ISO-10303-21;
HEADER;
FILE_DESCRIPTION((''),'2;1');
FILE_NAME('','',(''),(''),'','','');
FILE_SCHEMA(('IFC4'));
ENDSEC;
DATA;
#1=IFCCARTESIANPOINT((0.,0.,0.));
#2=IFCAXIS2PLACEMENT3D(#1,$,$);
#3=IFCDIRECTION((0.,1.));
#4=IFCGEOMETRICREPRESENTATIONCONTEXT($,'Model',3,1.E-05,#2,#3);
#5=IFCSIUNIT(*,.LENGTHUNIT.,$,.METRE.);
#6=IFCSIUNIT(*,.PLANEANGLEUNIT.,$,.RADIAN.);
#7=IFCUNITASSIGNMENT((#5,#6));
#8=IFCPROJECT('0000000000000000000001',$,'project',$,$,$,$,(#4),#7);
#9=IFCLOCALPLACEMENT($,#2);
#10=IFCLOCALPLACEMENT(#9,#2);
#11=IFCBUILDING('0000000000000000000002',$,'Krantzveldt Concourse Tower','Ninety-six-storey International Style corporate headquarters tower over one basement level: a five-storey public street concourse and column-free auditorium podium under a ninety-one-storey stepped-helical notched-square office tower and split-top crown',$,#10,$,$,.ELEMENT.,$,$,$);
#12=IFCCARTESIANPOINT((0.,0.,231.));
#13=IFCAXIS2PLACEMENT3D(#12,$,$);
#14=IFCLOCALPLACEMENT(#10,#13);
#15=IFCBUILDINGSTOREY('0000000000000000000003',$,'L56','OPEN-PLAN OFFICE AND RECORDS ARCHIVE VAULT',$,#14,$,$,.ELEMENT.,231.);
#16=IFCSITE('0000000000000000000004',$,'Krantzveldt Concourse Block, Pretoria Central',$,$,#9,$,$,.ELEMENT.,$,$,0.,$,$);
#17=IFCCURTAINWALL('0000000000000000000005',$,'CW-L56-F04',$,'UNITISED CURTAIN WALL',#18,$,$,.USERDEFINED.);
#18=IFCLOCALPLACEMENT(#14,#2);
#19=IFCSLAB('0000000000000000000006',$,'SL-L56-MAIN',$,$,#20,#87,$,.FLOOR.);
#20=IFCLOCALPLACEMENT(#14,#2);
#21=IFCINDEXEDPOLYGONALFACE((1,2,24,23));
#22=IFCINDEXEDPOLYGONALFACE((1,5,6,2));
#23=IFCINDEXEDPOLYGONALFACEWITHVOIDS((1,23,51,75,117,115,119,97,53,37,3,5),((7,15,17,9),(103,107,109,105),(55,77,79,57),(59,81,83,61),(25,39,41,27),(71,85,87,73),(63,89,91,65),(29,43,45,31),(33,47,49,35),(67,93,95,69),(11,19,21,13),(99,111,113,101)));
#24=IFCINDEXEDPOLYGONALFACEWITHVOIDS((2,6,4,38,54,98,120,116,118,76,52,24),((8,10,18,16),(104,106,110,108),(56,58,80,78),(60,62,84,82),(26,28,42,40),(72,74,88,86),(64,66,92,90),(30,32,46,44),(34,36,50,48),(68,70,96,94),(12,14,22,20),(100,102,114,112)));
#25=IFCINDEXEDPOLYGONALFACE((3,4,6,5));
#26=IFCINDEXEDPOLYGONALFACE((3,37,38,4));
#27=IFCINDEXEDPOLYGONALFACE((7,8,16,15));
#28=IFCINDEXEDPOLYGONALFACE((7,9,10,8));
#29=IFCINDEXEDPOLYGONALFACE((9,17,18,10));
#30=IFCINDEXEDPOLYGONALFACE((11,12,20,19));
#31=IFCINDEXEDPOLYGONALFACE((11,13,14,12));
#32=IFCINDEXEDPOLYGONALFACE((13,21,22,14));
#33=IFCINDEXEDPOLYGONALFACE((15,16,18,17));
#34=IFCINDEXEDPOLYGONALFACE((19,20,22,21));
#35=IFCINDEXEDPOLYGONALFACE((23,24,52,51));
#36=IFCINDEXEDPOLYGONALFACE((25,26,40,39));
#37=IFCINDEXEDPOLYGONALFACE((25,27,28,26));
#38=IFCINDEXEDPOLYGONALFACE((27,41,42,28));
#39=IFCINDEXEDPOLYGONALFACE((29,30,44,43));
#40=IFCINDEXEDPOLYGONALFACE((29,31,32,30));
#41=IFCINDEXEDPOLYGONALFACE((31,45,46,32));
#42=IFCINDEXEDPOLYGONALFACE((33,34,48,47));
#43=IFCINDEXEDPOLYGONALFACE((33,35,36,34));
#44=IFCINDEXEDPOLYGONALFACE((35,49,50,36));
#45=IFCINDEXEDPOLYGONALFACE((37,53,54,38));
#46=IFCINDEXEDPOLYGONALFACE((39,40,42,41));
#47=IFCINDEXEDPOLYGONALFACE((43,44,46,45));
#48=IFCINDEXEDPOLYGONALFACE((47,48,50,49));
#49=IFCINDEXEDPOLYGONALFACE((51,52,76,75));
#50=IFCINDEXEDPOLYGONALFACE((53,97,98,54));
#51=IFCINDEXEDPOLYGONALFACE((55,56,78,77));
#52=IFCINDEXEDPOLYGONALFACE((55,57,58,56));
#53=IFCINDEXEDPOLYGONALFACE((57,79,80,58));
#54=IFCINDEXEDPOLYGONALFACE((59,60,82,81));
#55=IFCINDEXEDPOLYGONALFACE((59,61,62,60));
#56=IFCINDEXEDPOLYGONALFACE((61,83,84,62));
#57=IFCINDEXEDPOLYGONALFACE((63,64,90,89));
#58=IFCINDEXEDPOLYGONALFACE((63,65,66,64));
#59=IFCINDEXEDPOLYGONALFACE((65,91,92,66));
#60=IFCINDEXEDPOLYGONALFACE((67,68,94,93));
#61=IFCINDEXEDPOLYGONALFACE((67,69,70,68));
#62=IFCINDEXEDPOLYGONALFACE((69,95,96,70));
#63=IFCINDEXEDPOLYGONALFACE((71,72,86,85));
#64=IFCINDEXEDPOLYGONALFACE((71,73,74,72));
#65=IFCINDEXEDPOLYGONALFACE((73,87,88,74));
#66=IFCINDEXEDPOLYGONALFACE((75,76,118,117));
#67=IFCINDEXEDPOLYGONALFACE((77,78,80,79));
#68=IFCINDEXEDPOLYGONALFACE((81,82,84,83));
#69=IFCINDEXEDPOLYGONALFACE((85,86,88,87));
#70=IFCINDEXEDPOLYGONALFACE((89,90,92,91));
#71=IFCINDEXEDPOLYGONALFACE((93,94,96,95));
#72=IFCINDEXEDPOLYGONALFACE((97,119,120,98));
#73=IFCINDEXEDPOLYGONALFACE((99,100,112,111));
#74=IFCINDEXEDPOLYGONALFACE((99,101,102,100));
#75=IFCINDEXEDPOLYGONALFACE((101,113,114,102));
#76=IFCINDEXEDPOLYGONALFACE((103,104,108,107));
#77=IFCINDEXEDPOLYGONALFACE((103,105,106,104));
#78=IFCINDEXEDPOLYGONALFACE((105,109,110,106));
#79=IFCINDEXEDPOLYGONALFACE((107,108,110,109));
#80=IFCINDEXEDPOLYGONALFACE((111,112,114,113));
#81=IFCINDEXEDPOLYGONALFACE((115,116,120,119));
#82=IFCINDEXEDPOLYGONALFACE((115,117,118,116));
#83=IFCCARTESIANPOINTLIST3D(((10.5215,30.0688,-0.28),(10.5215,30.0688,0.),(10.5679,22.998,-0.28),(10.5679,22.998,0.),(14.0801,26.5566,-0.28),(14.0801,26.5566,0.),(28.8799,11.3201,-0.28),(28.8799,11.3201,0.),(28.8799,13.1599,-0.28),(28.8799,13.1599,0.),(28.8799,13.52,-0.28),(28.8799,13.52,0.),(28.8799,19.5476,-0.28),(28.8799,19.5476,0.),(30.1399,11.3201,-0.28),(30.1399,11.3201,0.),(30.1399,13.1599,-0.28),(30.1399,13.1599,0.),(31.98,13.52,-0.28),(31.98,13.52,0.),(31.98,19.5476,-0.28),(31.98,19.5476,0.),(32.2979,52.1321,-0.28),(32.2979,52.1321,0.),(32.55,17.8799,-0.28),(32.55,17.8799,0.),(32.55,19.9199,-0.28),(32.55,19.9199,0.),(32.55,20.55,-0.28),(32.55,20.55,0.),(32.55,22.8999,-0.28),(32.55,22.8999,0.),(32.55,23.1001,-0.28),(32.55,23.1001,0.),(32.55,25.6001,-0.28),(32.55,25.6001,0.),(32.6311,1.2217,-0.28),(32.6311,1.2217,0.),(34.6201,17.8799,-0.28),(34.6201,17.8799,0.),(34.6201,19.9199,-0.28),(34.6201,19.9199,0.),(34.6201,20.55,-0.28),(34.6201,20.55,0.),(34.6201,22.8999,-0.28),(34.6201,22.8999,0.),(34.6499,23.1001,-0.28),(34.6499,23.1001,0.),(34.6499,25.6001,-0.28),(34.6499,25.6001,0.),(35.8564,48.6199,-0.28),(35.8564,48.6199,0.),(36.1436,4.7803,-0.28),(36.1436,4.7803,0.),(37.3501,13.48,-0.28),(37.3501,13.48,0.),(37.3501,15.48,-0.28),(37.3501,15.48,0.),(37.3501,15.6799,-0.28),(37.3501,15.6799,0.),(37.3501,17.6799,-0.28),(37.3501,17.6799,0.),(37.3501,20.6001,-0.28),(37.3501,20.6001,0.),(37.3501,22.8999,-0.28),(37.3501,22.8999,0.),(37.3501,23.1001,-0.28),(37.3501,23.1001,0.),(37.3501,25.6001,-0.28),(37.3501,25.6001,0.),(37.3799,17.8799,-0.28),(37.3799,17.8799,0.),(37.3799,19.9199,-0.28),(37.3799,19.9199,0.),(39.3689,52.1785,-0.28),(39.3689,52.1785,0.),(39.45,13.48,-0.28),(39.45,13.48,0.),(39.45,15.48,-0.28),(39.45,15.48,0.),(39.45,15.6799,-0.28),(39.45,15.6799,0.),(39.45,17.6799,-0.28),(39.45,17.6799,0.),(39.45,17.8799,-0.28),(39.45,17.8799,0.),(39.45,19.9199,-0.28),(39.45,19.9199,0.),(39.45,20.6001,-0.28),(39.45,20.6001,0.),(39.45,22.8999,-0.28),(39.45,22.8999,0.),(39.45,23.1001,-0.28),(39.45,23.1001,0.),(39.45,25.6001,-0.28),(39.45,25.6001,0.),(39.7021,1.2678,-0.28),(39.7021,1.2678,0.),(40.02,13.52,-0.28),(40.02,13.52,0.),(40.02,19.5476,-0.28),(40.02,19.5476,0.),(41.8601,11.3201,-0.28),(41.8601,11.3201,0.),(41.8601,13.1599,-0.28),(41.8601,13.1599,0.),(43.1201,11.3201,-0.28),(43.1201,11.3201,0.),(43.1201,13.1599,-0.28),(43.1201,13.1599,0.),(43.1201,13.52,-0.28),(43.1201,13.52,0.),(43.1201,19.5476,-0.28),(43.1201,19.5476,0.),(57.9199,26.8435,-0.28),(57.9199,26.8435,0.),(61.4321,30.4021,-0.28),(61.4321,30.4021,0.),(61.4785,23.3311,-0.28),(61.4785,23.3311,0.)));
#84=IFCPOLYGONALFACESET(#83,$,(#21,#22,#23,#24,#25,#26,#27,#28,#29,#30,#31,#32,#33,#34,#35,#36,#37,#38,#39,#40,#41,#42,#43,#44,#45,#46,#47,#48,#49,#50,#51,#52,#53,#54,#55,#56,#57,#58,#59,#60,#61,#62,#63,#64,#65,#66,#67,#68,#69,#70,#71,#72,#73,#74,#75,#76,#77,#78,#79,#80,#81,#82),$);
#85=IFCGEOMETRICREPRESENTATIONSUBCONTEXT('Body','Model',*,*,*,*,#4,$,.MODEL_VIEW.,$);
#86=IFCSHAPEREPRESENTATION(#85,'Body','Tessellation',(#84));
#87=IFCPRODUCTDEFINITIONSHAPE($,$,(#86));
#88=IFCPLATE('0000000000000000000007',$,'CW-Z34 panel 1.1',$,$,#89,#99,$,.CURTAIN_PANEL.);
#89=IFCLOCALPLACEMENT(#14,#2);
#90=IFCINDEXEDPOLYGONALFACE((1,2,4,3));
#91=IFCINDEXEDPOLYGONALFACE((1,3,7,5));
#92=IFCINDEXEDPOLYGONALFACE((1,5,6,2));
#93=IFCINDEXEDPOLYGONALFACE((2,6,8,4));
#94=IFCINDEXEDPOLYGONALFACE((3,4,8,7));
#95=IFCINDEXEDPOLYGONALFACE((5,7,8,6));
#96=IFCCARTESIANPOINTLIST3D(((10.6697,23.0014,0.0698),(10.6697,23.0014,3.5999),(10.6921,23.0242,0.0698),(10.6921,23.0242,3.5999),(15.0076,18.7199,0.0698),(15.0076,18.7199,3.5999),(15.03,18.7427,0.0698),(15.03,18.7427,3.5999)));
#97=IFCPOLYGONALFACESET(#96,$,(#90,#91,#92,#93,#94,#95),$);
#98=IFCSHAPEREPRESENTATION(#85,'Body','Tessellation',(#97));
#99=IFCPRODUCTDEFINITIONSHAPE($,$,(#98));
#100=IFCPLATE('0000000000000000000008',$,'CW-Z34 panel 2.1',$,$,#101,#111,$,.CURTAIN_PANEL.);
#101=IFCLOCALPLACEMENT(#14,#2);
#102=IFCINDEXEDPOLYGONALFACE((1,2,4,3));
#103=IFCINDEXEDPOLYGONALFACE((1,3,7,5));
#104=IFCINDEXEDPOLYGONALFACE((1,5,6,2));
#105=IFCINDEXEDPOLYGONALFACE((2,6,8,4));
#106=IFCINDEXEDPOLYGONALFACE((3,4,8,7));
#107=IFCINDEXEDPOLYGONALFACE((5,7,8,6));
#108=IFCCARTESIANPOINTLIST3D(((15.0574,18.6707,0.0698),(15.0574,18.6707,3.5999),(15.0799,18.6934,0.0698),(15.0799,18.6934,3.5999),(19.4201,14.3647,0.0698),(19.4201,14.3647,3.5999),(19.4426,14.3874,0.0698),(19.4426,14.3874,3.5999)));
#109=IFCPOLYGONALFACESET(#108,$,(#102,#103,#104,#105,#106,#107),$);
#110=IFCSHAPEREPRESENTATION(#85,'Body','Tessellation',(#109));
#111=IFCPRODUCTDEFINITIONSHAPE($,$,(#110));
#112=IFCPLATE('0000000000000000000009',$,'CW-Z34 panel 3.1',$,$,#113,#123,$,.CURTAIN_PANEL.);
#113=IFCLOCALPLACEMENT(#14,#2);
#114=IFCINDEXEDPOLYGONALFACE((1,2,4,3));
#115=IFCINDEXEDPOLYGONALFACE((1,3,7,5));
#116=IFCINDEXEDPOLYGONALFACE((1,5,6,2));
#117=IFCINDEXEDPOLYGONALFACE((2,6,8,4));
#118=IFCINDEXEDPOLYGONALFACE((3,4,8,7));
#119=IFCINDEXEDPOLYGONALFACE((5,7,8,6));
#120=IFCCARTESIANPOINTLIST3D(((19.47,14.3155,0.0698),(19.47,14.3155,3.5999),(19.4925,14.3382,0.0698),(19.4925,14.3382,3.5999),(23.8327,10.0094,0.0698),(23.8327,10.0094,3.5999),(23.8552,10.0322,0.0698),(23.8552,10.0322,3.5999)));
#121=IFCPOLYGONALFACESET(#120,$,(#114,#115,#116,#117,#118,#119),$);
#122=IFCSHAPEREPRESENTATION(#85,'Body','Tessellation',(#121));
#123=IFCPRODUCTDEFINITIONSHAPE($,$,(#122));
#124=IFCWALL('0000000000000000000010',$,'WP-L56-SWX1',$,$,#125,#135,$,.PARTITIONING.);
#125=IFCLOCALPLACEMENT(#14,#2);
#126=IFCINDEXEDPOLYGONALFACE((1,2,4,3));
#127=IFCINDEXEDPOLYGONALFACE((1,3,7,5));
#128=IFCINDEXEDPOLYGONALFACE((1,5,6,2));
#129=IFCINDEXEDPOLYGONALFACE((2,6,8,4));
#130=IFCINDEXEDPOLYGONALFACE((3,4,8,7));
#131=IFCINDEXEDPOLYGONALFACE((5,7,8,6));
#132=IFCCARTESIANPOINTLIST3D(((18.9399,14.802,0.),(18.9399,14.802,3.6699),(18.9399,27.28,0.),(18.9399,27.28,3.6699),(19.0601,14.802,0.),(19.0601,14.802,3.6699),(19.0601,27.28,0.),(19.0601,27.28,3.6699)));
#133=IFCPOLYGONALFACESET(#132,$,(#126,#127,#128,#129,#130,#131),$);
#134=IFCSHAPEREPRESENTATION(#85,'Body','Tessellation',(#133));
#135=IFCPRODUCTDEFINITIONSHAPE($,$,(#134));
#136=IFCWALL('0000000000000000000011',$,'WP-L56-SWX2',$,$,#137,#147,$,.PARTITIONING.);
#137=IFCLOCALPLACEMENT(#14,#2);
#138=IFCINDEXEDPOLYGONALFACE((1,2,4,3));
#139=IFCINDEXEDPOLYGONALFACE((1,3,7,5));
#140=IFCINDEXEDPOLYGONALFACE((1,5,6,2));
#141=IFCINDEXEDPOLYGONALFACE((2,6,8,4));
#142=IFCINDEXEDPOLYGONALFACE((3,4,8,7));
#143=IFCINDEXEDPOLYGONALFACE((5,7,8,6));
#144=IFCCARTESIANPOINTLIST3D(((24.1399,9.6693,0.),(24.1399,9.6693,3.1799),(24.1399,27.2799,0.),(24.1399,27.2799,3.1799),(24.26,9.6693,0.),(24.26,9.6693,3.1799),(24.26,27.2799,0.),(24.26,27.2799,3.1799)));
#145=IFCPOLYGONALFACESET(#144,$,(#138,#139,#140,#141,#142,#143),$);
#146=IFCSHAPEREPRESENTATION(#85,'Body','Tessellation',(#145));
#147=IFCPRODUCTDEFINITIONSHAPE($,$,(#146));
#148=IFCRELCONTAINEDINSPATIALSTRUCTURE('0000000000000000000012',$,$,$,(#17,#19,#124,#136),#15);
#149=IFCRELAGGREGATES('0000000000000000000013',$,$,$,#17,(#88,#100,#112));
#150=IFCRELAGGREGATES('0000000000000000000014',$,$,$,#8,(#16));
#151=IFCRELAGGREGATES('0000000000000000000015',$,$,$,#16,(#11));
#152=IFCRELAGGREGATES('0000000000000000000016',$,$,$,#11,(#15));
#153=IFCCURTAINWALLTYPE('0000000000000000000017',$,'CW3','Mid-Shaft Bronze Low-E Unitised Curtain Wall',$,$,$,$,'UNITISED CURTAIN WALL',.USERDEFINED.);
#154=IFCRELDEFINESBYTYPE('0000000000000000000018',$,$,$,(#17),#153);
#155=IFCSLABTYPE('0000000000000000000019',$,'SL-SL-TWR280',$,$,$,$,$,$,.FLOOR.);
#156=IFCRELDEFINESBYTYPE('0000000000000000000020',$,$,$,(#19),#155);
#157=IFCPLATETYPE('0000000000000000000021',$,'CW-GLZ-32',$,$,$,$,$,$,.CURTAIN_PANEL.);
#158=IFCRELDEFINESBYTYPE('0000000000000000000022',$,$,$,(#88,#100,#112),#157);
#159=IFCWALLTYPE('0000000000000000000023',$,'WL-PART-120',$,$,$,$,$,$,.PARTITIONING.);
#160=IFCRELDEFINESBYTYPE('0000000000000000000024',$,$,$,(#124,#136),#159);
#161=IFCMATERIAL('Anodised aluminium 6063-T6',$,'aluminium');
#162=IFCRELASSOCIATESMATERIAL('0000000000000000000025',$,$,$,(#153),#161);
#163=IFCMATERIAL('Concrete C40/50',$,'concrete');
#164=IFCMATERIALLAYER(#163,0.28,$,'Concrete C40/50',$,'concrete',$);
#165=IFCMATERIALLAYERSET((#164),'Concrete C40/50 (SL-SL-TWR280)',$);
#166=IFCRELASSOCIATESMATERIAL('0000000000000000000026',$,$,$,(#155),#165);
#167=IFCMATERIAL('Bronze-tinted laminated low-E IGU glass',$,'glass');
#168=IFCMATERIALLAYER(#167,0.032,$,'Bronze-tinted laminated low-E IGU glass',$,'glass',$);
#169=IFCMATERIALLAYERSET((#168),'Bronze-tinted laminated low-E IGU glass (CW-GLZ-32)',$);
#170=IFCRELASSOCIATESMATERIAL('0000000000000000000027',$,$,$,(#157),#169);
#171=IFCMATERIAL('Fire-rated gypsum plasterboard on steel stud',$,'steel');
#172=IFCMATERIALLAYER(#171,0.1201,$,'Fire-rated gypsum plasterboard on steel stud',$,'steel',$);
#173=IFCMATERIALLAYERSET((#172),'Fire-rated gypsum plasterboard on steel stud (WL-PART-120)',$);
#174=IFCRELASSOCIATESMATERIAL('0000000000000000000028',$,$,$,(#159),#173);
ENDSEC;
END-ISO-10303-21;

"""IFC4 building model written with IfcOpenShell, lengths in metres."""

from ifc_helpers import new_model, si_unit, direction, frame, frame_2d, origin, origin_2d, place, context, subcontext, project, spatial, polyline, rectangle, outline, extrude, source, transform, mapped, material, layer, layer_set, type_object, type_shapes, element, aggregate, save


model = new_model("IFC4")

# Units and contexts
model_context = context("Model", 3, precision=1e-05, world=origin(), true_north=direction((0.0, 1.0)))
body_context = subcontext(model_context, "Body", "Model", "MODEL_VIEW")
ifc_project = project(units=[si_unit("LENGTHUNIT", "METRE"), si_unit("PLANEANGLEUNIT", "RADIAN")], contexts=[model_context])

# Site, building, storey
site_placement = place(None, origin())
site = spatial("IfcSite", under=ifc_project, at=site_placement, Name="Krantzveldt Concourse Block, Pretoria Central", CompositionType="ELEMENT", RefElevation=0.0)
building_placement = place(site_placement, origin())
building = spatial("IfcBuilding", under=site, at=building_placement, Name="Krantzveldt Concourse Tower", Description="Ninety-six-storey International Style corporate headquarters tower over one basement level: a five-storey public street concourse and column-free auditorium podium under a ninety-one-storey stepped-helical notched-square office tower and split-top crown", CompositionType="ELEMENT")
storey_placement = place(building_placement, frame((0.0, 0.0, 231.0)))
storey = spatial("IfcBuildingStorey", under=building, at=storey_placement, Name="L56", Description="OPEN-PLAN OFFICE AND RECORDS ARCHIVE VAULT", CompositionType="ELEMENT", Elevation=231.0)

# Curtain wall
ifc_material_1 = material(Name="Anodised aluminium 6063-T6", Category="aluminium")
curtain_wall_type = type_object("IfcCurtainWallType", Name="CW3", Description="Mid-Shaft Bronze Low-E Unitised Curtain Wall", ElementType="UNITISED CURTAIN WALL", PredefinedType="USERDEFINED", material=ifc_material_1)
curtain_wall_placement = place(storey_placement, origin())
curtain_wall = element("IfcCurtainWall", 1, at=curtain_wall_placement, inside=storey, type_object=curtain_wall_type, Name="CW-L56-F04", ObjectType="UNITISED CURTAIN WALL", PredefinedType="USERDEFINED")

# Slab
ifc_material_2 = material(Name="Concrete C40/50", Category="concrete")
ifc_layer_1 = layer(ifc_material_2, 0.28, Name="Concrete C40/50", Category="concrete")
ifc_layer_set_1 = layer_set([ifc_layer_1], Name="Concrete C40/50 (SL-SL-TWR280)")
slab_type_1 = type_object("IfcSlabType", Name="SL-SL-TWR280", PredefinedType="FLOOR", material=ifc_layer_set_1)
slab_1_placement = place(storey_placement, frame((0.0, 0.0, -0.28)))
element("IfcSlab", 2, at=slab_1_placement, inside=storey, type_object=slab_type_1, Name="SL-L56-MAIN", PredefinedType="FLOOR", context=body_context, shape_type="SweptSolid", body=[
    extrude(outline(polyline([(35.8564, 48.6199), (32.2979, 52.1321), (10.5215, 30.0688), (14.0801, 26.5566), (10.5679, 22.998), (32.6311, 1.2217), (36.1436, 4.7803), (39.7021, 1.2678), (61.4785, 23.3311), (57.9199, 26.8435), (61.4321, 30.4021), (39.3689, 52.1785), (35.8564, 48.6199)]), holes=[polyline([(28.8799, 19.5476), (28.8799, 13.52), (31.98, 13.52), (31.98, 19.5476), (28.8799, 19.5476)]), polyline([(40.02, 19.5476), (40.02, 13.52), (43.1201, 13.52), (43.1201, 19.5476), (40.02, 19.5476)]), polyline([(32.55, 23.1001), (34.6499, 23.1001), (34.6499, 25.6001), (32.55, 25.6001), (32.55, 23.1001)]), polyline([(37.3501, 23.1001), (39.45, 23.1001), (39.45, 25.6001), (37.3501, 25.6001), (37.3501, 23.1001)]), polyline([(37.3501, 20.6001), (39.45, 20.6001), (39.45, 22.8999), (37.3501, 22.8999), (37.3501, 20.6001)]), polyline([(37.3501, 13.48), (39.45, 13.48), (39.45, 15.48), (37.3501, 15.48), (37.3501, 13.48)]), polyline([(37.3501, 15.6799), (39.45, 15.6799), (39.45, 17.6799), (37.3501, 17.6799), (37.3501, 15.6799)]), polyline([(32.55, 20.55), (34.6201, 20.55), (34.6201, 22.8999), (32.55, 22.8999), (32.55, 20.55)]), polyline([(32.55, 17.8799), (34.6201, 17.8799), (34.6201, 19.9199), (32.55, 19.9199), (32.55, 17.8799)]), polyline([(37.3799, 17.8799), (39.45, 17.8799), (39.45, 19.9199), (37.3799, 19.9199), (37.3799, 17.8799)]), polyline([(28.8799, 11.3201), (30.1399, 11.3201), (30.1399, 13.1599), (28.8799, 13.1599), (28.8799, 11.3201)]), polyline([(41.8601, 11.3201), (43.1201, 11.3201), (43.1201, 13.1599), (41.8601, 13.1599), (41.8601, 11.3201)])]), origin(), (0.0, 0.0, 1.0), 0.28),
])

# Plates
ifc_material_3 = material(Name="Bronze-tinted laminated low-E IGU glass", Category="glass")
ifc_layer_2 = layer(ifc_material_3, 0.032, Name="Bronze-tinted laminated low-E IGU glass", Category="glass")
ifc_layer_set_2 = layer_set([ifc_layer_2], Name="Bronze-tinted laminated low-E IGU glass (CW-GLZ-32)")
plate_type = type_object("IfcPlateType", Name="CW-GLZ-32", PredefinedType="CURTAIN_PANEL", material=ifc_layer_set_2)
shared_shape_1 = source(origin(), body_context, "Body", "SweptSolid", [
    extrude(rectangle(XDim=6.095, YDim=0.032, at=origin_2d()), origin(), (0.0, 0.0, 1.0), 3.53),
])
plate_1_placement = place(storey_placement, frame((12.8499, 20.8721, 0.0698), z_axis=(0.0, 0.0, 1.0), x_axis=(0.71172, -0.702464, 0.0)))
plate_1 = element("IfcPlate", 3, at=plate_1_placement, type_object=plate_type, Name="CW-Z34 panel 1.1", PredefinedType="CURTAIN_PANEL", context=body_context, shape_type="MappedRepresentation", body=[
    mapped(shared_shape_1, transform((0.0, 0.0, 0.0), x_axis=(1.0, 0.0, 0.0), y_axis=(0.0, 1.0, 0.0), z_axis=(0.0, 0.0, 1.0), scale=1.0)),
])
shared_shape_2 = source(origin(), body_context, "Body", "SweptSolid", [
    extrude(rectangle(XDim=6.1299, YDim=0.032, at=origin_2d()), origin(), (0.0, 0.0, 1.0), 3.53),
])
type_shapes(plate_type, [shared_shape_1, shared_shape_2])
plate_2_placement = place(storey_placement, frame((17.25, 16.5291, 0.0698), z_axis=(0.0, 0.0, 1.0), x_axis=(0.71172, -0.702464, 0.0)))
plate_2 = element("IfcPlate", 4, at=plate_2_placement, type_object=plate_type, Name="CW-Z34 panel 2.1", PredefinedType="CURTAIN_PANEL", context=body_context, shape_type="MappedRepresentation", body=[
    mapped(shared_shape_2, transform((0.0, 0.0, 0.0), x_axis=(1.0, 0.0, 0.0), y_axis=(0.0, 1.0, 0.0), z_axis=(0.0, 0.0, 1.0), scale=1.0)),
])
plate_3_placement = place(storey_placement, frame((21.6626, 12.1738, 0.0698), z_axis=(0.0, 0.0, 1.0), x_axis=(0.71172, -0.702464, 0.0)))
plate_3 = element("IfcPlate", 5, at=plate_3_placement, type_object=plate_type, Name="CW-Z34 panel 3.1", PredefinedType="CURTAIN_PANEL", context=body_context, shape_type="MappedRepresentation", body=[
    mapped(shared_shape_2, transform((0.0, 0.0, 0.0), x_axis=(1.0, 0.0, 0.0), y_axis=(0.0, 1.0, 0.0), z_axis=(0.0, 0.0, 1.0), scale=1.0)),
])
aggregate(curtain_wall, [plate_1, plate_2, plate_3])

# Walls
ifc_material_4 = material(Name="Fire-rated gypsum plasterboard on steel stud", Category="steel")
ifc_layer_3 = layer(ifc_material_4, 0.1201, Name="Fire-rated gypsum plasterboard on steel stud", Category="steel")
ifc_layer_set_3 = layer_set([ifc_layer_3], Name="Fire-rated gypsum plasterboard on steel stud (WL-PART-120)")
wall_type = type_object("IfcWallType", Name="WL-PART-120", PredefinedType="PARTITIONING", material=ifc_layer_set_3)
wall_1_placement = place(storey_placement, frame((19.0, 14.802, 0.0), z_axis=(0.0, 0.0, 1.0), x_axis=(0.0, 1.0, 0.0)))
element("IfcWall", 6, at=wall_1_placement, inside=storey, type_object=wall_type, Name="WP-L56-SWX1", PredefinedType="PARTITIONING", context=body_context, shape_type="SweptSolid", body=[
    extrude(rectangle(XDim=12.478, YDim=0.1201, at=frame_2d((6.239, 0.0))), origin(), (0.0, 0.0, 1.0), 3.6699),
])
wall_2_placement = place(storey_placement, frame((24.2, 9.6694, 0.0), z_axis=(0.0, 0.0, 1.0), x_axis=(0.0, 1.0, 0.0)))
element("IfcWall", 7, at=wall_2_placement, inside=storey, type_object=wall_type, Name="WP-L56-SWX2", PredefinedType="PARTITIONING", context=body_context, shape_type="SweptSolid", body=[
    extrude(rectangle(XDim=17.6106, YDim=0.1201, at=frame_2d((8.8052, 0.0))), origin(), (0.0, 0.0, 1.0), 3.1799),
])

save(model, "model.ifc")
